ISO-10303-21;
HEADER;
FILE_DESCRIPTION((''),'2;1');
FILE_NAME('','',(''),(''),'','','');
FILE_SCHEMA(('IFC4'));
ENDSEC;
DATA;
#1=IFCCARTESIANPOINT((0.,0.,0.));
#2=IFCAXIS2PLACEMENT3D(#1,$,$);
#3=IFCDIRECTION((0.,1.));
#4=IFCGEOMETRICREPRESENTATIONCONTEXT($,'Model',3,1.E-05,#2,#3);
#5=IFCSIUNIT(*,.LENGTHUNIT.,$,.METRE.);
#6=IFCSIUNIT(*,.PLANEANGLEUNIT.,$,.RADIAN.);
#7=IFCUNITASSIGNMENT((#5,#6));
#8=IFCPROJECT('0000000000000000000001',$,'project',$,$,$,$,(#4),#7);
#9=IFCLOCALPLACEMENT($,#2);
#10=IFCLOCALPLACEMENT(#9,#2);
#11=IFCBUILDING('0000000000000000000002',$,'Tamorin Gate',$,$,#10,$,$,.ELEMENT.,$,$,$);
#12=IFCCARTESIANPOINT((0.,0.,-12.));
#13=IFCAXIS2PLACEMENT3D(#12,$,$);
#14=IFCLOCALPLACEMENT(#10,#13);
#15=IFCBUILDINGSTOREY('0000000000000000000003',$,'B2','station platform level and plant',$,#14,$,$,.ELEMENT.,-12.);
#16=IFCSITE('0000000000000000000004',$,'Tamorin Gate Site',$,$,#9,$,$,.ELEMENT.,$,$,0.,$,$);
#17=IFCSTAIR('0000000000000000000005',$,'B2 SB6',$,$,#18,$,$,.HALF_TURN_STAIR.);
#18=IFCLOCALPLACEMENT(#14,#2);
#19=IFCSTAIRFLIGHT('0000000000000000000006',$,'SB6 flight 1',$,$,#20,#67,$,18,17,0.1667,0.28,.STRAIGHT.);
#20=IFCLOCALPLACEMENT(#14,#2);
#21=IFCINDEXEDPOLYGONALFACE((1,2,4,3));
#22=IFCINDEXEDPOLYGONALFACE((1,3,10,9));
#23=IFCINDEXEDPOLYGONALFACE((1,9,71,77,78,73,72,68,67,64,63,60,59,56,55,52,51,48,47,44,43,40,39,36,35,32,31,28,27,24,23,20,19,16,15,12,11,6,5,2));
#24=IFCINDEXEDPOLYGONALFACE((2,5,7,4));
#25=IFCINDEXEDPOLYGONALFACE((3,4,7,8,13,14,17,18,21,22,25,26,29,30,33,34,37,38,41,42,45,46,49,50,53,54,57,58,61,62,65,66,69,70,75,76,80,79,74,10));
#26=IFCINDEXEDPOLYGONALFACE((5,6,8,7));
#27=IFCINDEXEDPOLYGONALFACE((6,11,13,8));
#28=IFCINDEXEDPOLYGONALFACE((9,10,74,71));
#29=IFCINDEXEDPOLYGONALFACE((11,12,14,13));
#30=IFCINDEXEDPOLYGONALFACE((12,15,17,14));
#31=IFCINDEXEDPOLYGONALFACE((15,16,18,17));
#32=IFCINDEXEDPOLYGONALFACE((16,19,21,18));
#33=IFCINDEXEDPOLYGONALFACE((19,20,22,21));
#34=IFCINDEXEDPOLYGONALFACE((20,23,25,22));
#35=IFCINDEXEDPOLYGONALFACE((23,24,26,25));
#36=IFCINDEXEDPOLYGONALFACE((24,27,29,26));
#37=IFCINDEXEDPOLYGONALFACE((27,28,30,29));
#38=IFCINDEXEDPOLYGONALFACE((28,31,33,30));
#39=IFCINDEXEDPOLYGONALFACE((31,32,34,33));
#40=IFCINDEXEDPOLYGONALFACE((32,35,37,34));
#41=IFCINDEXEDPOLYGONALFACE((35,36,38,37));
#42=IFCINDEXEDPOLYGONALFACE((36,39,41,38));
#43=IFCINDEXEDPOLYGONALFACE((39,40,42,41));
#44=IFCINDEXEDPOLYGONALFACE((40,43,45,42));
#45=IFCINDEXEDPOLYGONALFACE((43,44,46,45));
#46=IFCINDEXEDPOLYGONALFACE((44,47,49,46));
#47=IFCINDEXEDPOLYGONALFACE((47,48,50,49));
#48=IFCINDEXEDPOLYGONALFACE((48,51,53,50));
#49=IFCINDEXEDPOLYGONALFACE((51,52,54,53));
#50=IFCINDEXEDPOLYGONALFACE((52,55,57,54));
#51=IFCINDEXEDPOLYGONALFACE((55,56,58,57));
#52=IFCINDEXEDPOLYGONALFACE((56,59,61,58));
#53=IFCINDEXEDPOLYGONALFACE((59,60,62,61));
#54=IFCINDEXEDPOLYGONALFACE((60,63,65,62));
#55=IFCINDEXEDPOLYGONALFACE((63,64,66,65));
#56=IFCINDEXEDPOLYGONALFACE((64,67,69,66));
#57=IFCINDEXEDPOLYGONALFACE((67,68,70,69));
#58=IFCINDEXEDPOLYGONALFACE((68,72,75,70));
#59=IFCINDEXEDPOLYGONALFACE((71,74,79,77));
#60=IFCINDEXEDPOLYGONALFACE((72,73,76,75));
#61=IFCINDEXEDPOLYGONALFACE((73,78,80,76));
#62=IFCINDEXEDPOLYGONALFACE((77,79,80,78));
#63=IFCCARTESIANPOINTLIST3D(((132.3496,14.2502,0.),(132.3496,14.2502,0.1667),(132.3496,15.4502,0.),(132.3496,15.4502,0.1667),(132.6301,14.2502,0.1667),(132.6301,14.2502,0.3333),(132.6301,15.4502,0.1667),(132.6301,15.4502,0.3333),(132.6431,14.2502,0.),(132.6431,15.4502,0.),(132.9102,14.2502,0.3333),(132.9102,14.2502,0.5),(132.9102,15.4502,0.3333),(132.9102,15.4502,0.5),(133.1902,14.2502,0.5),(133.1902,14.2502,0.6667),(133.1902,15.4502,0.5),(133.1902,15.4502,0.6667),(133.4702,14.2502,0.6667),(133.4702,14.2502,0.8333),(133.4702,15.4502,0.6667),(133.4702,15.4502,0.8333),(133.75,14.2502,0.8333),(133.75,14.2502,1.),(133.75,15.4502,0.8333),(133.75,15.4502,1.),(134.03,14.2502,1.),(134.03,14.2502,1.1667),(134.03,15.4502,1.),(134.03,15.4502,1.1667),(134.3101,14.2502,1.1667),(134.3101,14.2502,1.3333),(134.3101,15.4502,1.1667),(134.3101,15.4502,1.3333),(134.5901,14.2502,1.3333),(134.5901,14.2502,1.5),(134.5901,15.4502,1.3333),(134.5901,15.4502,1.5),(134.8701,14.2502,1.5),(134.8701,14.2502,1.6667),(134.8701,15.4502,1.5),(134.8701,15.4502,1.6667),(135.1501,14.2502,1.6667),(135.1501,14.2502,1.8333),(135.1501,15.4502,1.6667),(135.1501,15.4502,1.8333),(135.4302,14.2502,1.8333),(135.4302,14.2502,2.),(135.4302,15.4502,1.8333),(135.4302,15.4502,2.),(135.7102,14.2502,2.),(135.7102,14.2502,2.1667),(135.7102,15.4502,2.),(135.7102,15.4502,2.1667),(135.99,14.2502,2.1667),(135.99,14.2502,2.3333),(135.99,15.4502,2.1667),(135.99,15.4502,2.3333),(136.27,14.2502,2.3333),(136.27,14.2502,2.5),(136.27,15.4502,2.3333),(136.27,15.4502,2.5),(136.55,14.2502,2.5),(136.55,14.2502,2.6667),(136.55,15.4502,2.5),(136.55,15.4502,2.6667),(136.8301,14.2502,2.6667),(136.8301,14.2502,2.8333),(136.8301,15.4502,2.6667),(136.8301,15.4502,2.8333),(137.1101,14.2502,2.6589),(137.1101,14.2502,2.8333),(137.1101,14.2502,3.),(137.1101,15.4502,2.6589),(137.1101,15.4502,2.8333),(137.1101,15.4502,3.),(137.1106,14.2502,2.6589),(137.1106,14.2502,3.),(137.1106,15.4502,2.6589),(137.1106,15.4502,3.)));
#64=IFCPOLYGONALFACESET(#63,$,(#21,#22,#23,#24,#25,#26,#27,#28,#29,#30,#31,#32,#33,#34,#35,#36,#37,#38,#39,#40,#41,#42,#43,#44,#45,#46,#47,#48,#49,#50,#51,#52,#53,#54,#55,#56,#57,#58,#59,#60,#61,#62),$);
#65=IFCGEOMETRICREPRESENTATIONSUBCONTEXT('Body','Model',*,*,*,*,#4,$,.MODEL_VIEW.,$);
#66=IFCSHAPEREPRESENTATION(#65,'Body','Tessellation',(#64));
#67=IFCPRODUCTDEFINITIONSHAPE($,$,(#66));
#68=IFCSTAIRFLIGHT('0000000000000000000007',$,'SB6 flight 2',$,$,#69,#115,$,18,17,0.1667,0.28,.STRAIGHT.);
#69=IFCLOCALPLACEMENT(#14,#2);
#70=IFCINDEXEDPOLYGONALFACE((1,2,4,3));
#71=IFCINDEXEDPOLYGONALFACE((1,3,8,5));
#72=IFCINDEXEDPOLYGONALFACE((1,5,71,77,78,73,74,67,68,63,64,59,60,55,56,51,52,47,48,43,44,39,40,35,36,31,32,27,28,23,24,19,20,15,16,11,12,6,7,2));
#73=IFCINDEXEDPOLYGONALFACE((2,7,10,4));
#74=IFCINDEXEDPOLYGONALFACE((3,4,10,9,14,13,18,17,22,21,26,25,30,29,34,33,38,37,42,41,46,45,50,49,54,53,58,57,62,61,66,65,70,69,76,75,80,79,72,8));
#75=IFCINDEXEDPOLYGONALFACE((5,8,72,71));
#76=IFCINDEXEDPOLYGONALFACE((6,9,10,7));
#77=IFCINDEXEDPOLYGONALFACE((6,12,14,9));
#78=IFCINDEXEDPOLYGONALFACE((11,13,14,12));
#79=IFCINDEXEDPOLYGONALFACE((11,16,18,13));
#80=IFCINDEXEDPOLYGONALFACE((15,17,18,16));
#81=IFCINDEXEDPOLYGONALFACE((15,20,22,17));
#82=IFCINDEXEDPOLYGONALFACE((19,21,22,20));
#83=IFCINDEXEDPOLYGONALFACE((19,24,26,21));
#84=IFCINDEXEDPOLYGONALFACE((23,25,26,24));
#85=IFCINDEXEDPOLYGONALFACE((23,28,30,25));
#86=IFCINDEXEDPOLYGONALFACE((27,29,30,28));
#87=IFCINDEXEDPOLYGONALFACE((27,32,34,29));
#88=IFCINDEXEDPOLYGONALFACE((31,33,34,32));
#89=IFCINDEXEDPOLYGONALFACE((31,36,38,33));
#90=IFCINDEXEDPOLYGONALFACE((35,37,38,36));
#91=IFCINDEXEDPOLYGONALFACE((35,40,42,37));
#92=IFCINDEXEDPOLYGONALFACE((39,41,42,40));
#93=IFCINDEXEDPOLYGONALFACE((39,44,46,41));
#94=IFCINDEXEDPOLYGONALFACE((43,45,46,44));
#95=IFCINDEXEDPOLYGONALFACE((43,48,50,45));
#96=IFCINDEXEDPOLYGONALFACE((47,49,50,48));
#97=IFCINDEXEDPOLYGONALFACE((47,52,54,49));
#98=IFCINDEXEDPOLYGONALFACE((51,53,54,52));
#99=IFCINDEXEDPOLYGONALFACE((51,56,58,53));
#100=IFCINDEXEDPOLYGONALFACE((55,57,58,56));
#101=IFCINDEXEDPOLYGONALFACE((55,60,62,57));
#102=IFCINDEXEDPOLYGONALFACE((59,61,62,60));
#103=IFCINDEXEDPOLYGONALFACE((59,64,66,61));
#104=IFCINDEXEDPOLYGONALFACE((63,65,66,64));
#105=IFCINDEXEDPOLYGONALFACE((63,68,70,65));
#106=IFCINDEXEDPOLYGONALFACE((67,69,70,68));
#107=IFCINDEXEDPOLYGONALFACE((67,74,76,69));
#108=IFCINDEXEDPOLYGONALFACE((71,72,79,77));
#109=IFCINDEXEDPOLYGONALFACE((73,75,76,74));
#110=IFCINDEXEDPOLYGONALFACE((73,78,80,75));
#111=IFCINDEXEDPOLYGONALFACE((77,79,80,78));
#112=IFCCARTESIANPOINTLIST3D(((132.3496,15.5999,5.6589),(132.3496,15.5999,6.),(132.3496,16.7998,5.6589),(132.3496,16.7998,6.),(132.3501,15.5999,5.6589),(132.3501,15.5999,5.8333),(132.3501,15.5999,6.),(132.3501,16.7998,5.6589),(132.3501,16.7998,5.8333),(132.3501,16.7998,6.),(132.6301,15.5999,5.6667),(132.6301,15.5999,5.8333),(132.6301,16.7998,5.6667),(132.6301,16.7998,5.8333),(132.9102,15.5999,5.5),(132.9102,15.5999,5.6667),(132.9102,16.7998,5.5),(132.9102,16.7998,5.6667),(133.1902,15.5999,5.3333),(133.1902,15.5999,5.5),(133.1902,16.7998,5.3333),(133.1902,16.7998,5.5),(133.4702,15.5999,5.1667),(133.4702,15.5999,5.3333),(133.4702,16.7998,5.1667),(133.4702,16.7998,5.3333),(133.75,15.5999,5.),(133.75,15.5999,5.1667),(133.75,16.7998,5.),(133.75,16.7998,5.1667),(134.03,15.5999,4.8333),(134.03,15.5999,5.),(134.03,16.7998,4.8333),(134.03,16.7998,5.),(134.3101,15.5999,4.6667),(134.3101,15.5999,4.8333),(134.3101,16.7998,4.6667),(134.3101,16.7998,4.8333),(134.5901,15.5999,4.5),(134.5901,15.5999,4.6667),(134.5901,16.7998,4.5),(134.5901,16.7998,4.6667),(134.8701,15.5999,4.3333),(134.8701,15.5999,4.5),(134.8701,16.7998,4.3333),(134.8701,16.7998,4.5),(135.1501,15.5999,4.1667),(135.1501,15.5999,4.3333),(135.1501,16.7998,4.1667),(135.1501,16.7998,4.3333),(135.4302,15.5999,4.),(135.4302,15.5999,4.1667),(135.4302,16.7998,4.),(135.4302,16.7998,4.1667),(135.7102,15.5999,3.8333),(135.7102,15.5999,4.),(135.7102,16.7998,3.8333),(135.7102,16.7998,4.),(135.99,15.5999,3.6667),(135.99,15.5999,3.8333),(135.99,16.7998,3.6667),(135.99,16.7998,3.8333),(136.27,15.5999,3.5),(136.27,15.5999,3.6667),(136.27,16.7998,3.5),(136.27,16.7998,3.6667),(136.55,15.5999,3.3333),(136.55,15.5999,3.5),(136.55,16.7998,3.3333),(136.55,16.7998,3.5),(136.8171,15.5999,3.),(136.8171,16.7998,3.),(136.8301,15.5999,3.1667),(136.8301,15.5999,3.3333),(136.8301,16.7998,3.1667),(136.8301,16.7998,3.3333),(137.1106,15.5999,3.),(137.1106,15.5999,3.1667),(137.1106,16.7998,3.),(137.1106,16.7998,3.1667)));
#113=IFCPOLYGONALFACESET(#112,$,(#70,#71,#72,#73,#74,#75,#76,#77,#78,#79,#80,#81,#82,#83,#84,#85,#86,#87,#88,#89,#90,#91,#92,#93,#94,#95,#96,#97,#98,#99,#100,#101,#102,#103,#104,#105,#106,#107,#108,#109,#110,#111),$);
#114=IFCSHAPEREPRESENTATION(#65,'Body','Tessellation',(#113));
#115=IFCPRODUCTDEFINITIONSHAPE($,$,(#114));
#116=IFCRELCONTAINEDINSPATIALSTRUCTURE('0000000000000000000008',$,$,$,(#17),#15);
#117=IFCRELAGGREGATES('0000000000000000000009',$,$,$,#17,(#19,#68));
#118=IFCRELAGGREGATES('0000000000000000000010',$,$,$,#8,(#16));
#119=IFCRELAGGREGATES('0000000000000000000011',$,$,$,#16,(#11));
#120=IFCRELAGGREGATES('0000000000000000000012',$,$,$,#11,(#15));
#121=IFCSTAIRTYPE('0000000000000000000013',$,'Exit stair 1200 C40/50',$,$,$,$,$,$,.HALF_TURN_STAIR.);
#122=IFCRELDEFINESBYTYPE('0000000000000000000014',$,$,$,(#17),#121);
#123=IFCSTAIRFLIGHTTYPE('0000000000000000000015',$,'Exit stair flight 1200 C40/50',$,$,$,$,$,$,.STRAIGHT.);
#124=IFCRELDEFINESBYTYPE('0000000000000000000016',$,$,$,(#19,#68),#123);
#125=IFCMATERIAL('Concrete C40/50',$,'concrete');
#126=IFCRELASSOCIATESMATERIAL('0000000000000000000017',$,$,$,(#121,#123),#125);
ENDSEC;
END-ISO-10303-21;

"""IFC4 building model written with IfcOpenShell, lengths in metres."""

from ifc_helpers import new_model, si_unit, direction, frame, origin, place, context, subcontext, project, spatial, polyline, outline, extrude, material, type_object, element, aggregate, save


model = new_model("IFC4")

# Units and contexts
model_context = context("Model", 3, precision=1e-05, world=origin(), true_north=direction((0.0, 1.0)))
body_context = subcontext(model_context, "Body", "Model", "MODEL_VIEW")
ifc_project = project(units=[si_unit("LENGTHUNIT", "METRE"), si_unit("PLANEANGLEUNIT", "RADIAN")], contexts=[model_context])

# Site, building, storey
site_placement = place(None, origin())
site = spatial("IfcSite", under=ifc_project, at=site_placement, Name="Tamorin Gate Site", CompositionType="ELEMENT", RefElevation=0.0)
building_placement = place(site_placement, origin())
building = spatial("IfcBuilding", under=site, at=building_placement, Name="Tamorin Gate", CompositionType="ELEMENT")
storey_placement = place(building_placement, frame((0.0, 0.0, -12.0)))
storey = spatial("IfcBuildingStorey", under=building, at=storey_placement, Name="B2", Description="station platform level and plant", CompositionType="ELEMENT", Elevation=-12.0)

# Shared definitions
ifc_material_1 = material(Name="Concrete C40/50", Category="concrete")

# Stair, stair flights
stair_type = type_object("IfcStairType", Name="Exit stair 1200 C40/50", PredefinedType="HALF_TURN_STAIR", material=ifc_material_1)
stair_placement = place(storey_placement, origin())
stair = element("IfcStair", 1, at=stair_placement, inside=storey, type_object=stair_type, Name="B2 SB6", PredefinedType="HALF_TURN_STAIR")
stair_flight_type = type_object("IfcStairFlightType", Name="Exit stair flight 1200 C40/50", PredefinedType="STRAIGHT", material=ifc_material_1)
stair_flight_1_placement = place(storey_placement, frame((132.3501, 14.8501, 0.0), z_axis=(0.0, 0.0, 1.0), x_axis=(1.0, 0.0, 0.0)))
stair_flight_1 = element("IfcStairFlight", 2, at=stair_flight_1_placement, type_object=stair_flight_type, Name="SB6 flight 1", NumberOfRisers=18, NumberOfTreads=17, PredefinedType="STRAIGHT", RiserHeight=0.1667, TreadLength=0.28, context=body_context, shape_type="SweptSolid", body=[
    extrude(outline(polyline([(-0.0005, 0.0), (-0.0005, 0.1667), (0.28, 0.1667), (0.28, 0.3333), (0.5601, 0.3333), (0.5601, 0.5), (0.8401, 0.5), (0.8401, 0.6667), (1.1201, 0.6667), (1.1201, 0.8333), (1.3999, 0.8333), (1.3999, 1.0), (1.6799, 1.0), (1.6799, 1.1667), (1.96, 1.1667), (1.96, 1.3333), (2.24, 1.3333), (2.24, 1.5), (2.52, 1.5), (2.52, 1.6667), (2.8, 1.6667), (2.8, 1.8333), (3.0801, 1.8333), (3.0801, 2.0), (3.3601, 2.0), (3.3601, 2.1667), (3.6399, 2.1667), (3.6399, 2.3333), (3.9199, 2.3333), (3.9199, 2.5), (4.2, 2.5), (4.2, 2.6667), (4.48, 2.6667), (4.48, 2.8333), (4.76, 2.8333), (4.76, 3.0), (4.7605, 3.0), (4.7605, 2.6589), (4.76, 2.6589), (0.293, 0.0), (-0.0005, 0.0)])), frame((0.0, 0.6001, 0.0), z_axis=(0.0, -1.0, 0.0), x_axis=(1.0, 0.0, 0.0)), (0.0, 0.0, 1.0), 1.2),
])
stair_flight_2_placement = place(storey_placement, frame((137.1101, 16.2, 3.0), z_axis=(0.0, 0.0, 1.0), x_axis=(-1.0, 0.0, 0.0)))
stair_flight_2 = element("IfcStairFlight", 3, at=stair_flight_2_placement, type_object=stair_flight_type, Name="SB6 flight 2", NumberOfRisers=18, NumberOfTreads=17, PredefinedType="STRAIGHT", RiserHeight=0.1667, TreadLength=0.28, context=body_context, shape_type="SweptSolid", body=[
    extrude(outline(polyline([(-0.0005, 0.0), (-0.0005, 0.1667), (0.28, 0.1667), (0.28, 0.3333), (0.5601, 0.3333), (0.5601, 0.5), (0.8401, 0.5), (0.8401, 0.6667), (1.1201, 0.6667), (1.1201, 0.8333), (1.3999, 0.8333), (1.3999, 1.0), (1.6799, 1.0), (1.6799, 1.1667), (1.96, 1.1667), (1.96, 1.3333), (2.24, 1.3333), (2.24, 1.5), (2.52, 1.5), (2.52, 1.6667), (2.8, 1.6667), (2.8, 1.8333), (3.0801, 1.8333), (3.0801, 2.0), (3.3601, 2.0), (3.3601, 2.1667), (3.6399, 2.1667), (3.6399, 2.3333), (3.9199, 2.3333), (3.9199, 2.5), (4.2, 2.5), (4.2, 2.6667), (4.48, 2.6667), (4.48, 2.8333), (4.76, 2.8333), (4.76, 3.0), (4.7605, 3.0), (4.7605, 2.6589), (4.76, 2.6589), (0.293, 0.0), (-0.0005, 0.0)])), frame((0.0, 0.6001, 0.0), z_axis=(0.0, -1.0, 0.0), x_axis=(1.0, 0.0, 0.0)), (0.0, 0.0, 1.0), 1.2),
])
aggregate(stair, [stair_flight_1, stair_flight_2])

save(model, "model.ifc")
